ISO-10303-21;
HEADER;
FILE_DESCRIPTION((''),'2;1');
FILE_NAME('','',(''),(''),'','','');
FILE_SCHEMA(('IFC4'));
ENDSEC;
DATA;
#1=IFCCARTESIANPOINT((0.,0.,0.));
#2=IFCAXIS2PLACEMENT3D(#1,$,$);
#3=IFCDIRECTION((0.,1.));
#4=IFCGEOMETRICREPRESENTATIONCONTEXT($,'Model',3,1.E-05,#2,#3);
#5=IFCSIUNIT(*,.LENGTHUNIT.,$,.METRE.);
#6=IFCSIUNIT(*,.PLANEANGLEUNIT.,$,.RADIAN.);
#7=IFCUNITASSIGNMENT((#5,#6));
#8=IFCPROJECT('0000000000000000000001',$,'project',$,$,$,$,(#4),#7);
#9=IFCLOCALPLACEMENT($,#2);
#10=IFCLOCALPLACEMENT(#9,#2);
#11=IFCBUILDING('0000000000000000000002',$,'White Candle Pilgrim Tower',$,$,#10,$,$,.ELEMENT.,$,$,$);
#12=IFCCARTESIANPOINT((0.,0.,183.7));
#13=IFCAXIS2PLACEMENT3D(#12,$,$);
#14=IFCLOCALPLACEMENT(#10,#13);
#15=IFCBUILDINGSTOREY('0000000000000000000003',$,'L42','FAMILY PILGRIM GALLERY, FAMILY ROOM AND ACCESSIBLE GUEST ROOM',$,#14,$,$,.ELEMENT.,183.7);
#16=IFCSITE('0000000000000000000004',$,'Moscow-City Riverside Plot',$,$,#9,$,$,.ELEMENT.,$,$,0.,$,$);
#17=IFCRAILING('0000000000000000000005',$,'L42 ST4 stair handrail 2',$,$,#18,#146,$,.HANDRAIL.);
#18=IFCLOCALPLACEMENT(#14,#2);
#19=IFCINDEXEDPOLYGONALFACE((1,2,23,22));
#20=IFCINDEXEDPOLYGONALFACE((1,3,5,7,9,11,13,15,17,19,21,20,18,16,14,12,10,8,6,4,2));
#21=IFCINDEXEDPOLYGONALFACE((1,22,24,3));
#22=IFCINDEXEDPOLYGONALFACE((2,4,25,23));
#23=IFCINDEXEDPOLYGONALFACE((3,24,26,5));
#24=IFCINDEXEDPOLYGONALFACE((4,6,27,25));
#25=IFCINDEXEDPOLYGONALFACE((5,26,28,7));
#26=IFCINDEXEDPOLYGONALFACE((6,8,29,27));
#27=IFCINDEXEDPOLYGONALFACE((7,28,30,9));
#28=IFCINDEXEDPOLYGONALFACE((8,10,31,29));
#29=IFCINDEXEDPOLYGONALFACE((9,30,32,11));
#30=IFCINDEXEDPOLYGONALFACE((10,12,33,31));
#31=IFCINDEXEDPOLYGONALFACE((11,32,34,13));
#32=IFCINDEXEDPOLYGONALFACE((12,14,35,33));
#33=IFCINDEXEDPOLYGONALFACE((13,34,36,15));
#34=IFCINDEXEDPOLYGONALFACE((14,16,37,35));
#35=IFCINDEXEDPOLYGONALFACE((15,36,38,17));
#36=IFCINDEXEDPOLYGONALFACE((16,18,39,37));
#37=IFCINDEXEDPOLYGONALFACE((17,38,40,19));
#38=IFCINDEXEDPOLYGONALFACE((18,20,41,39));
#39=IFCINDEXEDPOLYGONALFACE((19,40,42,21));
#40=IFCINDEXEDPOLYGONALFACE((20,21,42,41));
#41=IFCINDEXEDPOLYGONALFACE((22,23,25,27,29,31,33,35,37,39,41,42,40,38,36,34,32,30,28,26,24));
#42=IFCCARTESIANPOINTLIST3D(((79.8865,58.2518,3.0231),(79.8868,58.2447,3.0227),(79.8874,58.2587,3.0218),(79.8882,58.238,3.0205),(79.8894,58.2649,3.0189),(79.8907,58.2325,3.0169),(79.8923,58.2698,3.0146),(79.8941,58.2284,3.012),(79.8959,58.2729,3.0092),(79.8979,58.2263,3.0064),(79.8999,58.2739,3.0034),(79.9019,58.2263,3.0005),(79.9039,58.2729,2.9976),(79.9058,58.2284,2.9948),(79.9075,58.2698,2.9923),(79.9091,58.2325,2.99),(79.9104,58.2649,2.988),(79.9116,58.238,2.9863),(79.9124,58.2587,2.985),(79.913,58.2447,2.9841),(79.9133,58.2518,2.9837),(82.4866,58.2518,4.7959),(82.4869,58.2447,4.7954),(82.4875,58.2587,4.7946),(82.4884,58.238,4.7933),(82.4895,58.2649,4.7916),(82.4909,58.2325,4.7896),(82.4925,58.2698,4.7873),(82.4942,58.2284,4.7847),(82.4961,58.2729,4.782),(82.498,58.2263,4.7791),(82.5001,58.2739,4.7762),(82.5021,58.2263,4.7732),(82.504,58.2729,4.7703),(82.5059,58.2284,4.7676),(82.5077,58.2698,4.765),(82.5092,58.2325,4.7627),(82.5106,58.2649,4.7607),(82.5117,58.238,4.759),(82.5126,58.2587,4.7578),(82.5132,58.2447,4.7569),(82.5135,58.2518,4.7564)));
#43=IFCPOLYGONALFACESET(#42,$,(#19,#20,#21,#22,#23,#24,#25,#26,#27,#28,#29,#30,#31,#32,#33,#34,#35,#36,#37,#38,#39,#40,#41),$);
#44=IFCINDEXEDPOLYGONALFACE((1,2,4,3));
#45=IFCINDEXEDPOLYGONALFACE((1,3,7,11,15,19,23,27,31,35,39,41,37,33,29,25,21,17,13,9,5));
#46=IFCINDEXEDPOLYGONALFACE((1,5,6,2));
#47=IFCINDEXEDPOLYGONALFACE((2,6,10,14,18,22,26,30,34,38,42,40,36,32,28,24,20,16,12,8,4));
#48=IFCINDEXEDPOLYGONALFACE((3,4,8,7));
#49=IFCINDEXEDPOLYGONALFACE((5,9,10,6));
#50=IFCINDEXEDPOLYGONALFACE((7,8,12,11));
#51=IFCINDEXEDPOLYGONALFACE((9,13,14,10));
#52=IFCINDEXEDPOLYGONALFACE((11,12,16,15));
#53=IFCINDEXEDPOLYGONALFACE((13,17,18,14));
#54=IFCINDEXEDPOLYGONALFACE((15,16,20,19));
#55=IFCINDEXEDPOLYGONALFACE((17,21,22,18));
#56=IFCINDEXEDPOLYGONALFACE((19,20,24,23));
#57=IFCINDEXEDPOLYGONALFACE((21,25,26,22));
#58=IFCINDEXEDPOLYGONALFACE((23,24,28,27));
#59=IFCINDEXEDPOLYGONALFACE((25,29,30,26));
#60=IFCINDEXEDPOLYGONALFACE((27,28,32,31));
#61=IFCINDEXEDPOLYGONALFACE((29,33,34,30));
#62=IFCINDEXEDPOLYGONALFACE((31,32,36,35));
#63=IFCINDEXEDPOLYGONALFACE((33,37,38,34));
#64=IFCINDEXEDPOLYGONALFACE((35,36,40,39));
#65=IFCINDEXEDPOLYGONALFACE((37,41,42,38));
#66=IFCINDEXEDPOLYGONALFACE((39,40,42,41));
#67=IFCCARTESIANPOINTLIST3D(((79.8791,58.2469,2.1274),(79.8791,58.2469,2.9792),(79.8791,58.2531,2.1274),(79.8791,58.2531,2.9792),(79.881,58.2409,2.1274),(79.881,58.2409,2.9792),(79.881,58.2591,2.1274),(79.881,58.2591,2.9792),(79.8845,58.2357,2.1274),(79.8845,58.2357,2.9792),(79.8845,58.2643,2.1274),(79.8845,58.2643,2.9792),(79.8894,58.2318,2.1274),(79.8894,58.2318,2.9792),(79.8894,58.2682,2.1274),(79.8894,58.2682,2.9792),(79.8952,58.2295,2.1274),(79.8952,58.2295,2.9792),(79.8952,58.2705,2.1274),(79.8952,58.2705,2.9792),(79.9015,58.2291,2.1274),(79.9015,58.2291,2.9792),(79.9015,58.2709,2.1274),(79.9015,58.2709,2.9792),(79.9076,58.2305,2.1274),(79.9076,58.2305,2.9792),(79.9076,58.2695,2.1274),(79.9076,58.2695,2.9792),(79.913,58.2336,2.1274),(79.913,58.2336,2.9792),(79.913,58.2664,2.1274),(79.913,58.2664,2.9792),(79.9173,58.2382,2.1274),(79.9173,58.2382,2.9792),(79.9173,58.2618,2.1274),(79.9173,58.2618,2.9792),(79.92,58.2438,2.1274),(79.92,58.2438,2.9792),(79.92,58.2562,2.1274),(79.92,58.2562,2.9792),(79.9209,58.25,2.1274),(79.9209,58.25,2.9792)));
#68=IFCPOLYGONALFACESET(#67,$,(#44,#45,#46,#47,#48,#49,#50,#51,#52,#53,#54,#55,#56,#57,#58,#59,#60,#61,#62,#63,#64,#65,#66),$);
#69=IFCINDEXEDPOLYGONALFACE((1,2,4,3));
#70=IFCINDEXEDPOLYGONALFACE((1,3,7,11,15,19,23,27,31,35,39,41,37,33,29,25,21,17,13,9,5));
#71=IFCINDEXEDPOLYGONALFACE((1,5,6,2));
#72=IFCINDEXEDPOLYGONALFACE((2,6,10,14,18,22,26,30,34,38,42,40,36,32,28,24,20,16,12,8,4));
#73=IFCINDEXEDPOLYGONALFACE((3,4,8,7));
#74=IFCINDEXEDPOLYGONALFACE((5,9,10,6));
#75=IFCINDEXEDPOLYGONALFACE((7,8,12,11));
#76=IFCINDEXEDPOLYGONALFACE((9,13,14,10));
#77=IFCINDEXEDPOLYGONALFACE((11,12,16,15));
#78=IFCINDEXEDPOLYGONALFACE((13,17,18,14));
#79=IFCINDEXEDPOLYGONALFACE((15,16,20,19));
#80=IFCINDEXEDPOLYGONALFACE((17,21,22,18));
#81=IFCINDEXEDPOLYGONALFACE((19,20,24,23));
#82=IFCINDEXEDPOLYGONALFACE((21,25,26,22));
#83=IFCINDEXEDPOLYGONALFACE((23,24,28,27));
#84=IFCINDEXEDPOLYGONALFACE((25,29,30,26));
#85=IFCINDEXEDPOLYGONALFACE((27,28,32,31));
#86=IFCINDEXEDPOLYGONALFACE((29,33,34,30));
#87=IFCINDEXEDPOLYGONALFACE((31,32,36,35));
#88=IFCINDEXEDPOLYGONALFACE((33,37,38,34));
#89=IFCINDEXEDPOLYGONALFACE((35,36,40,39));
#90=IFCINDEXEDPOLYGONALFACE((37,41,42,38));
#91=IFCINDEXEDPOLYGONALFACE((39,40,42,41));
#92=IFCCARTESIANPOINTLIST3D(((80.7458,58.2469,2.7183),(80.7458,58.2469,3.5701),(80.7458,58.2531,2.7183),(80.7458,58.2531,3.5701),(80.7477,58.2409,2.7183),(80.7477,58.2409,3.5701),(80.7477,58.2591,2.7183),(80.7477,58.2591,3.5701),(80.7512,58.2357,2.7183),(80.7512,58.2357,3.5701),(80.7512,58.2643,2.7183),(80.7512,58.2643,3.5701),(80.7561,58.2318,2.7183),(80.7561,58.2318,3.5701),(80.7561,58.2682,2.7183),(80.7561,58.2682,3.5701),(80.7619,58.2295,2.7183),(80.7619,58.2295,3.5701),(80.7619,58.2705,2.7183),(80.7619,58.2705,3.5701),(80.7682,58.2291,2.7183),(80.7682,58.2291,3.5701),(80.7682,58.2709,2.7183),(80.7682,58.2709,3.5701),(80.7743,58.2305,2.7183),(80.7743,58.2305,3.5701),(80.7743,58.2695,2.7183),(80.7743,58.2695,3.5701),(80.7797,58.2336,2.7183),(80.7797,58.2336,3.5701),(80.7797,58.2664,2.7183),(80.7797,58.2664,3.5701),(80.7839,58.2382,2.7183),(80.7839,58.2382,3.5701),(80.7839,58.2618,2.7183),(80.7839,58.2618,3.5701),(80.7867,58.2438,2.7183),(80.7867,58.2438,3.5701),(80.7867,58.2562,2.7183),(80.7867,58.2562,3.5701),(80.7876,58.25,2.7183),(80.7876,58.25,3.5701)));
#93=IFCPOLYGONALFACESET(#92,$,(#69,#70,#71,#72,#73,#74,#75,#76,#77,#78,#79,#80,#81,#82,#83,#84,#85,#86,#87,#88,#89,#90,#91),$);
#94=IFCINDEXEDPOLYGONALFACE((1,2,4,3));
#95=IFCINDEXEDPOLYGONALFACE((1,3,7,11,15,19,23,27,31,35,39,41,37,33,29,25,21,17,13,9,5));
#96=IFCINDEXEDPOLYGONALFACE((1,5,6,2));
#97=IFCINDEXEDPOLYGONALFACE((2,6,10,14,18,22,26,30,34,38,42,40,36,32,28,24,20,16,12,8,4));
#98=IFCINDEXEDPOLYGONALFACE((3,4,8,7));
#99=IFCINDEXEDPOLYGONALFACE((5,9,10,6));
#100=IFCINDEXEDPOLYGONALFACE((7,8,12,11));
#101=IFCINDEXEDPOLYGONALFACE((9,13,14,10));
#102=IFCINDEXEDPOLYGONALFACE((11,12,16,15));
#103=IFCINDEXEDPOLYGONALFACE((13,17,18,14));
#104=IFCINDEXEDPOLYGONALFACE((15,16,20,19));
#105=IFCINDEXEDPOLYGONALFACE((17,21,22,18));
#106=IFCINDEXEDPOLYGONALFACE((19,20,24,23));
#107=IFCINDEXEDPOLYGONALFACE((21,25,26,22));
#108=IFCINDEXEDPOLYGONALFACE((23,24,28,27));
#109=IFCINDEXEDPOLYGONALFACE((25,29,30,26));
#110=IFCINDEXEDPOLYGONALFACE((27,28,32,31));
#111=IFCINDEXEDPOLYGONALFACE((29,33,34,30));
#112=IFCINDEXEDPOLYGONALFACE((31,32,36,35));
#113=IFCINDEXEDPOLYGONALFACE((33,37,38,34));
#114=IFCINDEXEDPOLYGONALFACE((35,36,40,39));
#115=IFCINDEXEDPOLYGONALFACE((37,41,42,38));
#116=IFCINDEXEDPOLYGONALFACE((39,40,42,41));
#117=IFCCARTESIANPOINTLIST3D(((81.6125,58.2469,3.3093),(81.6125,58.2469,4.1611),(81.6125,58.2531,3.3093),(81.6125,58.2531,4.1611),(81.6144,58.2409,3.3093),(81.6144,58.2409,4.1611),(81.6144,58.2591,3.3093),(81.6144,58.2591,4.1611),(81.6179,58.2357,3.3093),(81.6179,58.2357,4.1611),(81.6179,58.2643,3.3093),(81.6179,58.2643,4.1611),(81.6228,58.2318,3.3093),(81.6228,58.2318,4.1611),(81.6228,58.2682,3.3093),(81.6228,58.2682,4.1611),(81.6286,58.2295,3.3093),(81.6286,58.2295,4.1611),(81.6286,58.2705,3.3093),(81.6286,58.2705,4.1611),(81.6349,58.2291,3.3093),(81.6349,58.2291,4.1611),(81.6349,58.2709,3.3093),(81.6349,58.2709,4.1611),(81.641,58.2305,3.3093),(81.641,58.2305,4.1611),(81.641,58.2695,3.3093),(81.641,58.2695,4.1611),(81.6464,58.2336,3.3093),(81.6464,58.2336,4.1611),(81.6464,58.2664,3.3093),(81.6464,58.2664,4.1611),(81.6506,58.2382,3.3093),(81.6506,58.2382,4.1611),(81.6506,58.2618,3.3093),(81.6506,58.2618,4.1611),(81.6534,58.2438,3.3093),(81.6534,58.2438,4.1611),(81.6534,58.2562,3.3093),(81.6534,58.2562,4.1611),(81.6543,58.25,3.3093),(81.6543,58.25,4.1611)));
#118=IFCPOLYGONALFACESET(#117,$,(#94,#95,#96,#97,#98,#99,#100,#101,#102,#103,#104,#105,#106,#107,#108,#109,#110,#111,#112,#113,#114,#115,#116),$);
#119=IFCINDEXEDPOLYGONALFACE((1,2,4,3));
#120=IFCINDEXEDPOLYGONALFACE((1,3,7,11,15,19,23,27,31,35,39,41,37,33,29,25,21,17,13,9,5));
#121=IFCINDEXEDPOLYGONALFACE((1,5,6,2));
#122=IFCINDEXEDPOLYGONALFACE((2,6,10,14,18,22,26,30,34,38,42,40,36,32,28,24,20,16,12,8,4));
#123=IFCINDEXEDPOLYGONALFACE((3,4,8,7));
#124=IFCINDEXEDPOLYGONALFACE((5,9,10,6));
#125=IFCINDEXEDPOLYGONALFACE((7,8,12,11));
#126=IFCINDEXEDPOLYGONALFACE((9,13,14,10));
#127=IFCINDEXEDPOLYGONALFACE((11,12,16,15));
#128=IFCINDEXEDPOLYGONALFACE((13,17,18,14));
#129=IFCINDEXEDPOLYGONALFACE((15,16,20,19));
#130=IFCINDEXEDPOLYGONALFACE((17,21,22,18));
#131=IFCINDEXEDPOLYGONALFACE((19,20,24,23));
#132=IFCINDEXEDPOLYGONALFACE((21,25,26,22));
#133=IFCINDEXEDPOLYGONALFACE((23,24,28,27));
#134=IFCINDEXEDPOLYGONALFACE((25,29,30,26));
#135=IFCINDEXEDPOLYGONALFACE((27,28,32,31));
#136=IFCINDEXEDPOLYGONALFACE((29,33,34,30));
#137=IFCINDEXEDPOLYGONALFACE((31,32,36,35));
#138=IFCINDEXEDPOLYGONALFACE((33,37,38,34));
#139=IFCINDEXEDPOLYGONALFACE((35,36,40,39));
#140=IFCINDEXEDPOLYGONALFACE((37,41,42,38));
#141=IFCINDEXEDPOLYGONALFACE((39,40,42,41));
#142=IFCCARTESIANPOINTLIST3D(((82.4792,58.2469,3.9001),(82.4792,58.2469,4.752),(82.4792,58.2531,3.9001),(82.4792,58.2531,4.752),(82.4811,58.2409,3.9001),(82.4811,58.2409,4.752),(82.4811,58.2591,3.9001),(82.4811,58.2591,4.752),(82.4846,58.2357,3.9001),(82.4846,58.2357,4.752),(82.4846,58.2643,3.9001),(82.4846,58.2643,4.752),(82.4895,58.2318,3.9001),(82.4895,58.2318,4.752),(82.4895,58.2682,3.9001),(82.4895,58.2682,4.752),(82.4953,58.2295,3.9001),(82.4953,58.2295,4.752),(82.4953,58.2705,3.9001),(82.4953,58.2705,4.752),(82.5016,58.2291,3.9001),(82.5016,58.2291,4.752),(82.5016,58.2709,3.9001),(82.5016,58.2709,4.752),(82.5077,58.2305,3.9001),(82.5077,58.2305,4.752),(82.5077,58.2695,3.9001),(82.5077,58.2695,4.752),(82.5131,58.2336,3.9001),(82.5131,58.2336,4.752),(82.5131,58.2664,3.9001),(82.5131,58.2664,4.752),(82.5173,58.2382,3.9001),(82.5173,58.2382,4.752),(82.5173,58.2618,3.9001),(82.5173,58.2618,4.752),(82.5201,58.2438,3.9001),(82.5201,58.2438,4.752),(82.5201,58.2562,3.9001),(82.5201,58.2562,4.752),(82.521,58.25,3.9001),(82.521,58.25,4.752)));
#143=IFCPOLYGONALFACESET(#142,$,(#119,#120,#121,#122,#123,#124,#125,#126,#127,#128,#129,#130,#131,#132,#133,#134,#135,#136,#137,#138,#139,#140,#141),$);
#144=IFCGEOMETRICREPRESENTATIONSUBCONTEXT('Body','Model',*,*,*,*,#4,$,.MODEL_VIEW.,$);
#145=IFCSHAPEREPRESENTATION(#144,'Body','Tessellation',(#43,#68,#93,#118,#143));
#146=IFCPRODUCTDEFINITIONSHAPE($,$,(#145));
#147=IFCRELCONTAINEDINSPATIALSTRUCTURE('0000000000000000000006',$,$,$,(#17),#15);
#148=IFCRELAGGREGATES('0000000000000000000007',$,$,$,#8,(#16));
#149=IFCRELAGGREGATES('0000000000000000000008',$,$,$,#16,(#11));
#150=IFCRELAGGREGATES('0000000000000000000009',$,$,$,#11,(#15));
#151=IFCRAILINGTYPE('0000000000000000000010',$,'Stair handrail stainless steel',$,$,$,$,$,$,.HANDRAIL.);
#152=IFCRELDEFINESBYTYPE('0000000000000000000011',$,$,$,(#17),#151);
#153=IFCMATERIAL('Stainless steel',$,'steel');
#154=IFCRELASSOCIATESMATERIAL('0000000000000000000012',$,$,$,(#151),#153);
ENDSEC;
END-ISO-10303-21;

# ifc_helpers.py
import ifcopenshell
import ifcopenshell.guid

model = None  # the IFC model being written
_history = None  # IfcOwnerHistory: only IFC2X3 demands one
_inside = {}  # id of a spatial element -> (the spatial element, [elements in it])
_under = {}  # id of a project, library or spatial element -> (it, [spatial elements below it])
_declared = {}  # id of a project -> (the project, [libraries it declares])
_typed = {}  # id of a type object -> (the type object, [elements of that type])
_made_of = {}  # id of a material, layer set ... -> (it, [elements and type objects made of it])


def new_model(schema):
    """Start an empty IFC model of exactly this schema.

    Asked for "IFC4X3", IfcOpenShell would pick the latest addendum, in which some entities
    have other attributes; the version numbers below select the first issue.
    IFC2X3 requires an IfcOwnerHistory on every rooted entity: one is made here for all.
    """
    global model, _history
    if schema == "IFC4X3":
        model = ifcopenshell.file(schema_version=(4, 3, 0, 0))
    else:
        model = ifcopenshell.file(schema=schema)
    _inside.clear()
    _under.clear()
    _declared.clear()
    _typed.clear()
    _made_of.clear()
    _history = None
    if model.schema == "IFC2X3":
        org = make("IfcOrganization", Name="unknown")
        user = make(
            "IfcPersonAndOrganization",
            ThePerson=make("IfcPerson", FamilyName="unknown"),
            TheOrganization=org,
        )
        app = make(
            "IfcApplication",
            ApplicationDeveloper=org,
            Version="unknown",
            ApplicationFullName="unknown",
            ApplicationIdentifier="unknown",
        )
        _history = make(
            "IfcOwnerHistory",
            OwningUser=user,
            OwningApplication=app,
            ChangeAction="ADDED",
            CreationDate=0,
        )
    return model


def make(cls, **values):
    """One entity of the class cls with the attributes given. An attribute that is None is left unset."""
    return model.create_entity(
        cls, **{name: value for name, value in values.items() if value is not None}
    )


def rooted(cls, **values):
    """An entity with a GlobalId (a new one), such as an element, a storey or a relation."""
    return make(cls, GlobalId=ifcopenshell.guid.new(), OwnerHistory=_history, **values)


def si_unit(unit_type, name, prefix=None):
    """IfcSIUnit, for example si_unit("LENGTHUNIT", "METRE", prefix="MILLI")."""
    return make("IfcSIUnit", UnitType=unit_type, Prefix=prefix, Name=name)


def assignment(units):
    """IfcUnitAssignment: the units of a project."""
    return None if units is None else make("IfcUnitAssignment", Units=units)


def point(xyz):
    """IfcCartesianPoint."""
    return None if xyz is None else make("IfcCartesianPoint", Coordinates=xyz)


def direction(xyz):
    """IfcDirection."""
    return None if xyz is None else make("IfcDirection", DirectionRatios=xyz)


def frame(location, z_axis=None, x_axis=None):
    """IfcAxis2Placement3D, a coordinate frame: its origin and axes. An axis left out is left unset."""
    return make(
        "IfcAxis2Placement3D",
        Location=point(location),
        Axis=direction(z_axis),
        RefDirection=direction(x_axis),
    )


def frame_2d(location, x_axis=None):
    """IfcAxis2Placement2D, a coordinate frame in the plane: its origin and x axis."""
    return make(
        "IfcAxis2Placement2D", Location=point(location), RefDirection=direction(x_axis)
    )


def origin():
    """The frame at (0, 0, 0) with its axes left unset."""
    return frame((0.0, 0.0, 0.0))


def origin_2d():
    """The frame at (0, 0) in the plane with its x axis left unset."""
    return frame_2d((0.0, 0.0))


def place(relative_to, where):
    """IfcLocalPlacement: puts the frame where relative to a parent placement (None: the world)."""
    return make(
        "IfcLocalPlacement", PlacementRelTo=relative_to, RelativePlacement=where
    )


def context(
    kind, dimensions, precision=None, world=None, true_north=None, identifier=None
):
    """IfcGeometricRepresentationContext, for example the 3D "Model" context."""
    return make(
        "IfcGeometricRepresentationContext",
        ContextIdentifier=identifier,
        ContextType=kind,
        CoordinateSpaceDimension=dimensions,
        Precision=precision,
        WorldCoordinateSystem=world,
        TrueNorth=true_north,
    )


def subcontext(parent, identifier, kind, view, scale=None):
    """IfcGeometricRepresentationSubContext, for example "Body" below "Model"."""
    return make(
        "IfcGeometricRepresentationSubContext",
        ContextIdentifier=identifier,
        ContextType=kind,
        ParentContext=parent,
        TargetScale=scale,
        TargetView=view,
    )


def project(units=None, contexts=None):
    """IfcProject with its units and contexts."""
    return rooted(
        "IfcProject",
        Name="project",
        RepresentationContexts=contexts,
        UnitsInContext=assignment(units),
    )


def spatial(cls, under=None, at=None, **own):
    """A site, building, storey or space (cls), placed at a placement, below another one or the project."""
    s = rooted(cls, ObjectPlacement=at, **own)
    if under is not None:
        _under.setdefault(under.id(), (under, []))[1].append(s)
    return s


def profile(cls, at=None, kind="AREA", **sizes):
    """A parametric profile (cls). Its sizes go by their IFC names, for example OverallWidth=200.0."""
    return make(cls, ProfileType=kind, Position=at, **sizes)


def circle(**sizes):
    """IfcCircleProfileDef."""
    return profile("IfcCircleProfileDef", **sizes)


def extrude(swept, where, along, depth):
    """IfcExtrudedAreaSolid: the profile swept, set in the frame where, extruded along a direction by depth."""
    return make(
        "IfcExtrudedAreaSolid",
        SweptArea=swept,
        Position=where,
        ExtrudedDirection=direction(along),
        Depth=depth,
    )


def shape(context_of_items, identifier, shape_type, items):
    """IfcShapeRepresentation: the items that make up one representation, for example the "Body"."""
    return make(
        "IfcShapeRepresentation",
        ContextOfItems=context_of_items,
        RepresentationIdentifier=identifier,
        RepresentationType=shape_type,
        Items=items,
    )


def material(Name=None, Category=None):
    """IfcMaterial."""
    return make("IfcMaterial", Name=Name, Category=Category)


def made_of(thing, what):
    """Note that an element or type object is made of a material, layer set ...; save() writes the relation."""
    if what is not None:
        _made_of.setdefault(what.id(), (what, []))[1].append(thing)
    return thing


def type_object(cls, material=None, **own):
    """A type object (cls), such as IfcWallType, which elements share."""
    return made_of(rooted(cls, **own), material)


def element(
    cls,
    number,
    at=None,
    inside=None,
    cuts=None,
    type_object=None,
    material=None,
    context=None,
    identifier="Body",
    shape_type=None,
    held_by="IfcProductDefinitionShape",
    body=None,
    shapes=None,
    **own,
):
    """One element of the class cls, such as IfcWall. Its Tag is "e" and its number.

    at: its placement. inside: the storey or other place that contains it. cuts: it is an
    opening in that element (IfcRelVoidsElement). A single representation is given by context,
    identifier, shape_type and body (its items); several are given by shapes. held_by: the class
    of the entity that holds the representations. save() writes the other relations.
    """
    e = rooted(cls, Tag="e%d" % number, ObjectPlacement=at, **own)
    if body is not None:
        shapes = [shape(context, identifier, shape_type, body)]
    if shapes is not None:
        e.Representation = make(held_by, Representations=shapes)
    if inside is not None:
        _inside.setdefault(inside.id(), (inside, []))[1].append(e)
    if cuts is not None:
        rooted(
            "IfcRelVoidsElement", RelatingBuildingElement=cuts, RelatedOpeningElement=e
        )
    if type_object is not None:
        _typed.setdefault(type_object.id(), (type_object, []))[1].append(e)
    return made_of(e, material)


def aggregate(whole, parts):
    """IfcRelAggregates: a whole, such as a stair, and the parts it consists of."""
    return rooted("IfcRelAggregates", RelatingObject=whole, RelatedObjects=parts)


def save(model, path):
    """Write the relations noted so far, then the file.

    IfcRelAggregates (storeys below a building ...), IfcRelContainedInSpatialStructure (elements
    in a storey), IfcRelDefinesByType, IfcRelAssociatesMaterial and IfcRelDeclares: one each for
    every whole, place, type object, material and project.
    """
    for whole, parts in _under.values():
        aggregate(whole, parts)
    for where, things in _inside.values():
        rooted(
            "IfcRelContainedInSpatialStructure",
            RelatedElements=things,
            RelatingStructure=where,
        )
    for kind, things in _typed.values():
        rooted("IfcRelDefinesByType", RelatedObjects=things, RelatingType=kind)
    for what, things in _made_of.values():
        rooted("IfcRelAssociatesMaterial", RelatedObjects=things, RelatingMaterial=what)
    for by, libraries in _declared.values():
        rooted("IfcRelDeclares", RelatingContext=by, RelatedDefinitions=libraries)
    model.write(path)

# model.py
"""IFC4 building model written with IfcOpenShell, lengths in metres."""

from ifc_helpers import new_model, si_unit, direction, frame, origin, origin_2d, place, context, subcontext, project, spatial, circle, extrude, material, type_object, element, save


model = new_model("IFC4")

# Units and contexts
model_context = context("Model", 3, precision=1e-05, world=origin(), true_north=direction((0.0, 1.0)))
body_context = subcontext(model_context, "Body", "Model", "MODEL_VIEW")
ifc_project = project(units=[si_unit("LENGTHUNIT", "METRE"), si_unit("PLANEANGLEUNIT", "RADIAN")], contexts=[model_context])

# Site, building, storey
site_placement = place(None, origin())
site = spatial("IfcSite", under=ifc_project, at=site_placement, Name="Moscow-City Riverside Plot", CompositionType="ELEMENT", RefElevation=0.0)
building_placement = place(site_placement, origin())
building = spatial("IfcBuilding", under=site, at=building_placement, Name="White Candle Pilgrim Tower", CompositionType="ELEMENT")
storey_placement = place(building_placement, frame((0.0, 0.0, 183.7)))
storey = spatial("IfcBuildingStorey", under=building, at=storey_placement, Name="L42", Description="FAMILY PILGRIM GALLERY, FAMILY ROOM AND ACCESSIBLE GUEST ROOM", CompositionType="ELEMENT", Elevation=183.7)

# Railing
ifc_material_1 = material(Name="Stainless steel", Category="steel")
railing_type_1 = type_object("IfcRailingType", Name="Stair handrail stainless steel", PredefinedType="HANDRAIL", material=ifc_material_1)
railing_1_placement = place(storey_placement, frame((79.8999, 58.25, 2.1274)))
element("IfcRailing", 1, at=railing_1_placement, inside=storey, type_object=railing_type_1, Name="L42 ST4 stair handrail 2", PredefinedType="HANDRAIL", context=body_context, shape_type="SweptSolid", body=[
    extrude(circle(Radius=0.0239, at=origin_2d()), frame((0.0, 0.0, 0.876), z_axis=(0.82624, 0.0, 0.563318), x_axis=(0.0, 1.0, 0.0)), (0.0, 0.0, 1.0), 3.147),
    extrude(circle(Radius=0.021, at=origin_2d()), origin(), (0.0, 0.0, 1.0), 0.8518),
    extrude(circle(Radius=0.021, at=origin_2d()), frame((0.8667, 0.0, 0.5908)), (0.0, 0.0, 1.0), 0.8518),
    extrude(circle(Radius=0.021, at=origin_2d()), frame((1.7334, 0.0, 1.1819)), (0.0, 0.0, 1.0), 0.8518),
    extrude(circle(Radius=0.021, at=origin_2d()), frame((2.6001, 0.0, 1.7727)), (0.0, 0.0, 1.0), 0.8518),
])

save(model, "model.ifc")
